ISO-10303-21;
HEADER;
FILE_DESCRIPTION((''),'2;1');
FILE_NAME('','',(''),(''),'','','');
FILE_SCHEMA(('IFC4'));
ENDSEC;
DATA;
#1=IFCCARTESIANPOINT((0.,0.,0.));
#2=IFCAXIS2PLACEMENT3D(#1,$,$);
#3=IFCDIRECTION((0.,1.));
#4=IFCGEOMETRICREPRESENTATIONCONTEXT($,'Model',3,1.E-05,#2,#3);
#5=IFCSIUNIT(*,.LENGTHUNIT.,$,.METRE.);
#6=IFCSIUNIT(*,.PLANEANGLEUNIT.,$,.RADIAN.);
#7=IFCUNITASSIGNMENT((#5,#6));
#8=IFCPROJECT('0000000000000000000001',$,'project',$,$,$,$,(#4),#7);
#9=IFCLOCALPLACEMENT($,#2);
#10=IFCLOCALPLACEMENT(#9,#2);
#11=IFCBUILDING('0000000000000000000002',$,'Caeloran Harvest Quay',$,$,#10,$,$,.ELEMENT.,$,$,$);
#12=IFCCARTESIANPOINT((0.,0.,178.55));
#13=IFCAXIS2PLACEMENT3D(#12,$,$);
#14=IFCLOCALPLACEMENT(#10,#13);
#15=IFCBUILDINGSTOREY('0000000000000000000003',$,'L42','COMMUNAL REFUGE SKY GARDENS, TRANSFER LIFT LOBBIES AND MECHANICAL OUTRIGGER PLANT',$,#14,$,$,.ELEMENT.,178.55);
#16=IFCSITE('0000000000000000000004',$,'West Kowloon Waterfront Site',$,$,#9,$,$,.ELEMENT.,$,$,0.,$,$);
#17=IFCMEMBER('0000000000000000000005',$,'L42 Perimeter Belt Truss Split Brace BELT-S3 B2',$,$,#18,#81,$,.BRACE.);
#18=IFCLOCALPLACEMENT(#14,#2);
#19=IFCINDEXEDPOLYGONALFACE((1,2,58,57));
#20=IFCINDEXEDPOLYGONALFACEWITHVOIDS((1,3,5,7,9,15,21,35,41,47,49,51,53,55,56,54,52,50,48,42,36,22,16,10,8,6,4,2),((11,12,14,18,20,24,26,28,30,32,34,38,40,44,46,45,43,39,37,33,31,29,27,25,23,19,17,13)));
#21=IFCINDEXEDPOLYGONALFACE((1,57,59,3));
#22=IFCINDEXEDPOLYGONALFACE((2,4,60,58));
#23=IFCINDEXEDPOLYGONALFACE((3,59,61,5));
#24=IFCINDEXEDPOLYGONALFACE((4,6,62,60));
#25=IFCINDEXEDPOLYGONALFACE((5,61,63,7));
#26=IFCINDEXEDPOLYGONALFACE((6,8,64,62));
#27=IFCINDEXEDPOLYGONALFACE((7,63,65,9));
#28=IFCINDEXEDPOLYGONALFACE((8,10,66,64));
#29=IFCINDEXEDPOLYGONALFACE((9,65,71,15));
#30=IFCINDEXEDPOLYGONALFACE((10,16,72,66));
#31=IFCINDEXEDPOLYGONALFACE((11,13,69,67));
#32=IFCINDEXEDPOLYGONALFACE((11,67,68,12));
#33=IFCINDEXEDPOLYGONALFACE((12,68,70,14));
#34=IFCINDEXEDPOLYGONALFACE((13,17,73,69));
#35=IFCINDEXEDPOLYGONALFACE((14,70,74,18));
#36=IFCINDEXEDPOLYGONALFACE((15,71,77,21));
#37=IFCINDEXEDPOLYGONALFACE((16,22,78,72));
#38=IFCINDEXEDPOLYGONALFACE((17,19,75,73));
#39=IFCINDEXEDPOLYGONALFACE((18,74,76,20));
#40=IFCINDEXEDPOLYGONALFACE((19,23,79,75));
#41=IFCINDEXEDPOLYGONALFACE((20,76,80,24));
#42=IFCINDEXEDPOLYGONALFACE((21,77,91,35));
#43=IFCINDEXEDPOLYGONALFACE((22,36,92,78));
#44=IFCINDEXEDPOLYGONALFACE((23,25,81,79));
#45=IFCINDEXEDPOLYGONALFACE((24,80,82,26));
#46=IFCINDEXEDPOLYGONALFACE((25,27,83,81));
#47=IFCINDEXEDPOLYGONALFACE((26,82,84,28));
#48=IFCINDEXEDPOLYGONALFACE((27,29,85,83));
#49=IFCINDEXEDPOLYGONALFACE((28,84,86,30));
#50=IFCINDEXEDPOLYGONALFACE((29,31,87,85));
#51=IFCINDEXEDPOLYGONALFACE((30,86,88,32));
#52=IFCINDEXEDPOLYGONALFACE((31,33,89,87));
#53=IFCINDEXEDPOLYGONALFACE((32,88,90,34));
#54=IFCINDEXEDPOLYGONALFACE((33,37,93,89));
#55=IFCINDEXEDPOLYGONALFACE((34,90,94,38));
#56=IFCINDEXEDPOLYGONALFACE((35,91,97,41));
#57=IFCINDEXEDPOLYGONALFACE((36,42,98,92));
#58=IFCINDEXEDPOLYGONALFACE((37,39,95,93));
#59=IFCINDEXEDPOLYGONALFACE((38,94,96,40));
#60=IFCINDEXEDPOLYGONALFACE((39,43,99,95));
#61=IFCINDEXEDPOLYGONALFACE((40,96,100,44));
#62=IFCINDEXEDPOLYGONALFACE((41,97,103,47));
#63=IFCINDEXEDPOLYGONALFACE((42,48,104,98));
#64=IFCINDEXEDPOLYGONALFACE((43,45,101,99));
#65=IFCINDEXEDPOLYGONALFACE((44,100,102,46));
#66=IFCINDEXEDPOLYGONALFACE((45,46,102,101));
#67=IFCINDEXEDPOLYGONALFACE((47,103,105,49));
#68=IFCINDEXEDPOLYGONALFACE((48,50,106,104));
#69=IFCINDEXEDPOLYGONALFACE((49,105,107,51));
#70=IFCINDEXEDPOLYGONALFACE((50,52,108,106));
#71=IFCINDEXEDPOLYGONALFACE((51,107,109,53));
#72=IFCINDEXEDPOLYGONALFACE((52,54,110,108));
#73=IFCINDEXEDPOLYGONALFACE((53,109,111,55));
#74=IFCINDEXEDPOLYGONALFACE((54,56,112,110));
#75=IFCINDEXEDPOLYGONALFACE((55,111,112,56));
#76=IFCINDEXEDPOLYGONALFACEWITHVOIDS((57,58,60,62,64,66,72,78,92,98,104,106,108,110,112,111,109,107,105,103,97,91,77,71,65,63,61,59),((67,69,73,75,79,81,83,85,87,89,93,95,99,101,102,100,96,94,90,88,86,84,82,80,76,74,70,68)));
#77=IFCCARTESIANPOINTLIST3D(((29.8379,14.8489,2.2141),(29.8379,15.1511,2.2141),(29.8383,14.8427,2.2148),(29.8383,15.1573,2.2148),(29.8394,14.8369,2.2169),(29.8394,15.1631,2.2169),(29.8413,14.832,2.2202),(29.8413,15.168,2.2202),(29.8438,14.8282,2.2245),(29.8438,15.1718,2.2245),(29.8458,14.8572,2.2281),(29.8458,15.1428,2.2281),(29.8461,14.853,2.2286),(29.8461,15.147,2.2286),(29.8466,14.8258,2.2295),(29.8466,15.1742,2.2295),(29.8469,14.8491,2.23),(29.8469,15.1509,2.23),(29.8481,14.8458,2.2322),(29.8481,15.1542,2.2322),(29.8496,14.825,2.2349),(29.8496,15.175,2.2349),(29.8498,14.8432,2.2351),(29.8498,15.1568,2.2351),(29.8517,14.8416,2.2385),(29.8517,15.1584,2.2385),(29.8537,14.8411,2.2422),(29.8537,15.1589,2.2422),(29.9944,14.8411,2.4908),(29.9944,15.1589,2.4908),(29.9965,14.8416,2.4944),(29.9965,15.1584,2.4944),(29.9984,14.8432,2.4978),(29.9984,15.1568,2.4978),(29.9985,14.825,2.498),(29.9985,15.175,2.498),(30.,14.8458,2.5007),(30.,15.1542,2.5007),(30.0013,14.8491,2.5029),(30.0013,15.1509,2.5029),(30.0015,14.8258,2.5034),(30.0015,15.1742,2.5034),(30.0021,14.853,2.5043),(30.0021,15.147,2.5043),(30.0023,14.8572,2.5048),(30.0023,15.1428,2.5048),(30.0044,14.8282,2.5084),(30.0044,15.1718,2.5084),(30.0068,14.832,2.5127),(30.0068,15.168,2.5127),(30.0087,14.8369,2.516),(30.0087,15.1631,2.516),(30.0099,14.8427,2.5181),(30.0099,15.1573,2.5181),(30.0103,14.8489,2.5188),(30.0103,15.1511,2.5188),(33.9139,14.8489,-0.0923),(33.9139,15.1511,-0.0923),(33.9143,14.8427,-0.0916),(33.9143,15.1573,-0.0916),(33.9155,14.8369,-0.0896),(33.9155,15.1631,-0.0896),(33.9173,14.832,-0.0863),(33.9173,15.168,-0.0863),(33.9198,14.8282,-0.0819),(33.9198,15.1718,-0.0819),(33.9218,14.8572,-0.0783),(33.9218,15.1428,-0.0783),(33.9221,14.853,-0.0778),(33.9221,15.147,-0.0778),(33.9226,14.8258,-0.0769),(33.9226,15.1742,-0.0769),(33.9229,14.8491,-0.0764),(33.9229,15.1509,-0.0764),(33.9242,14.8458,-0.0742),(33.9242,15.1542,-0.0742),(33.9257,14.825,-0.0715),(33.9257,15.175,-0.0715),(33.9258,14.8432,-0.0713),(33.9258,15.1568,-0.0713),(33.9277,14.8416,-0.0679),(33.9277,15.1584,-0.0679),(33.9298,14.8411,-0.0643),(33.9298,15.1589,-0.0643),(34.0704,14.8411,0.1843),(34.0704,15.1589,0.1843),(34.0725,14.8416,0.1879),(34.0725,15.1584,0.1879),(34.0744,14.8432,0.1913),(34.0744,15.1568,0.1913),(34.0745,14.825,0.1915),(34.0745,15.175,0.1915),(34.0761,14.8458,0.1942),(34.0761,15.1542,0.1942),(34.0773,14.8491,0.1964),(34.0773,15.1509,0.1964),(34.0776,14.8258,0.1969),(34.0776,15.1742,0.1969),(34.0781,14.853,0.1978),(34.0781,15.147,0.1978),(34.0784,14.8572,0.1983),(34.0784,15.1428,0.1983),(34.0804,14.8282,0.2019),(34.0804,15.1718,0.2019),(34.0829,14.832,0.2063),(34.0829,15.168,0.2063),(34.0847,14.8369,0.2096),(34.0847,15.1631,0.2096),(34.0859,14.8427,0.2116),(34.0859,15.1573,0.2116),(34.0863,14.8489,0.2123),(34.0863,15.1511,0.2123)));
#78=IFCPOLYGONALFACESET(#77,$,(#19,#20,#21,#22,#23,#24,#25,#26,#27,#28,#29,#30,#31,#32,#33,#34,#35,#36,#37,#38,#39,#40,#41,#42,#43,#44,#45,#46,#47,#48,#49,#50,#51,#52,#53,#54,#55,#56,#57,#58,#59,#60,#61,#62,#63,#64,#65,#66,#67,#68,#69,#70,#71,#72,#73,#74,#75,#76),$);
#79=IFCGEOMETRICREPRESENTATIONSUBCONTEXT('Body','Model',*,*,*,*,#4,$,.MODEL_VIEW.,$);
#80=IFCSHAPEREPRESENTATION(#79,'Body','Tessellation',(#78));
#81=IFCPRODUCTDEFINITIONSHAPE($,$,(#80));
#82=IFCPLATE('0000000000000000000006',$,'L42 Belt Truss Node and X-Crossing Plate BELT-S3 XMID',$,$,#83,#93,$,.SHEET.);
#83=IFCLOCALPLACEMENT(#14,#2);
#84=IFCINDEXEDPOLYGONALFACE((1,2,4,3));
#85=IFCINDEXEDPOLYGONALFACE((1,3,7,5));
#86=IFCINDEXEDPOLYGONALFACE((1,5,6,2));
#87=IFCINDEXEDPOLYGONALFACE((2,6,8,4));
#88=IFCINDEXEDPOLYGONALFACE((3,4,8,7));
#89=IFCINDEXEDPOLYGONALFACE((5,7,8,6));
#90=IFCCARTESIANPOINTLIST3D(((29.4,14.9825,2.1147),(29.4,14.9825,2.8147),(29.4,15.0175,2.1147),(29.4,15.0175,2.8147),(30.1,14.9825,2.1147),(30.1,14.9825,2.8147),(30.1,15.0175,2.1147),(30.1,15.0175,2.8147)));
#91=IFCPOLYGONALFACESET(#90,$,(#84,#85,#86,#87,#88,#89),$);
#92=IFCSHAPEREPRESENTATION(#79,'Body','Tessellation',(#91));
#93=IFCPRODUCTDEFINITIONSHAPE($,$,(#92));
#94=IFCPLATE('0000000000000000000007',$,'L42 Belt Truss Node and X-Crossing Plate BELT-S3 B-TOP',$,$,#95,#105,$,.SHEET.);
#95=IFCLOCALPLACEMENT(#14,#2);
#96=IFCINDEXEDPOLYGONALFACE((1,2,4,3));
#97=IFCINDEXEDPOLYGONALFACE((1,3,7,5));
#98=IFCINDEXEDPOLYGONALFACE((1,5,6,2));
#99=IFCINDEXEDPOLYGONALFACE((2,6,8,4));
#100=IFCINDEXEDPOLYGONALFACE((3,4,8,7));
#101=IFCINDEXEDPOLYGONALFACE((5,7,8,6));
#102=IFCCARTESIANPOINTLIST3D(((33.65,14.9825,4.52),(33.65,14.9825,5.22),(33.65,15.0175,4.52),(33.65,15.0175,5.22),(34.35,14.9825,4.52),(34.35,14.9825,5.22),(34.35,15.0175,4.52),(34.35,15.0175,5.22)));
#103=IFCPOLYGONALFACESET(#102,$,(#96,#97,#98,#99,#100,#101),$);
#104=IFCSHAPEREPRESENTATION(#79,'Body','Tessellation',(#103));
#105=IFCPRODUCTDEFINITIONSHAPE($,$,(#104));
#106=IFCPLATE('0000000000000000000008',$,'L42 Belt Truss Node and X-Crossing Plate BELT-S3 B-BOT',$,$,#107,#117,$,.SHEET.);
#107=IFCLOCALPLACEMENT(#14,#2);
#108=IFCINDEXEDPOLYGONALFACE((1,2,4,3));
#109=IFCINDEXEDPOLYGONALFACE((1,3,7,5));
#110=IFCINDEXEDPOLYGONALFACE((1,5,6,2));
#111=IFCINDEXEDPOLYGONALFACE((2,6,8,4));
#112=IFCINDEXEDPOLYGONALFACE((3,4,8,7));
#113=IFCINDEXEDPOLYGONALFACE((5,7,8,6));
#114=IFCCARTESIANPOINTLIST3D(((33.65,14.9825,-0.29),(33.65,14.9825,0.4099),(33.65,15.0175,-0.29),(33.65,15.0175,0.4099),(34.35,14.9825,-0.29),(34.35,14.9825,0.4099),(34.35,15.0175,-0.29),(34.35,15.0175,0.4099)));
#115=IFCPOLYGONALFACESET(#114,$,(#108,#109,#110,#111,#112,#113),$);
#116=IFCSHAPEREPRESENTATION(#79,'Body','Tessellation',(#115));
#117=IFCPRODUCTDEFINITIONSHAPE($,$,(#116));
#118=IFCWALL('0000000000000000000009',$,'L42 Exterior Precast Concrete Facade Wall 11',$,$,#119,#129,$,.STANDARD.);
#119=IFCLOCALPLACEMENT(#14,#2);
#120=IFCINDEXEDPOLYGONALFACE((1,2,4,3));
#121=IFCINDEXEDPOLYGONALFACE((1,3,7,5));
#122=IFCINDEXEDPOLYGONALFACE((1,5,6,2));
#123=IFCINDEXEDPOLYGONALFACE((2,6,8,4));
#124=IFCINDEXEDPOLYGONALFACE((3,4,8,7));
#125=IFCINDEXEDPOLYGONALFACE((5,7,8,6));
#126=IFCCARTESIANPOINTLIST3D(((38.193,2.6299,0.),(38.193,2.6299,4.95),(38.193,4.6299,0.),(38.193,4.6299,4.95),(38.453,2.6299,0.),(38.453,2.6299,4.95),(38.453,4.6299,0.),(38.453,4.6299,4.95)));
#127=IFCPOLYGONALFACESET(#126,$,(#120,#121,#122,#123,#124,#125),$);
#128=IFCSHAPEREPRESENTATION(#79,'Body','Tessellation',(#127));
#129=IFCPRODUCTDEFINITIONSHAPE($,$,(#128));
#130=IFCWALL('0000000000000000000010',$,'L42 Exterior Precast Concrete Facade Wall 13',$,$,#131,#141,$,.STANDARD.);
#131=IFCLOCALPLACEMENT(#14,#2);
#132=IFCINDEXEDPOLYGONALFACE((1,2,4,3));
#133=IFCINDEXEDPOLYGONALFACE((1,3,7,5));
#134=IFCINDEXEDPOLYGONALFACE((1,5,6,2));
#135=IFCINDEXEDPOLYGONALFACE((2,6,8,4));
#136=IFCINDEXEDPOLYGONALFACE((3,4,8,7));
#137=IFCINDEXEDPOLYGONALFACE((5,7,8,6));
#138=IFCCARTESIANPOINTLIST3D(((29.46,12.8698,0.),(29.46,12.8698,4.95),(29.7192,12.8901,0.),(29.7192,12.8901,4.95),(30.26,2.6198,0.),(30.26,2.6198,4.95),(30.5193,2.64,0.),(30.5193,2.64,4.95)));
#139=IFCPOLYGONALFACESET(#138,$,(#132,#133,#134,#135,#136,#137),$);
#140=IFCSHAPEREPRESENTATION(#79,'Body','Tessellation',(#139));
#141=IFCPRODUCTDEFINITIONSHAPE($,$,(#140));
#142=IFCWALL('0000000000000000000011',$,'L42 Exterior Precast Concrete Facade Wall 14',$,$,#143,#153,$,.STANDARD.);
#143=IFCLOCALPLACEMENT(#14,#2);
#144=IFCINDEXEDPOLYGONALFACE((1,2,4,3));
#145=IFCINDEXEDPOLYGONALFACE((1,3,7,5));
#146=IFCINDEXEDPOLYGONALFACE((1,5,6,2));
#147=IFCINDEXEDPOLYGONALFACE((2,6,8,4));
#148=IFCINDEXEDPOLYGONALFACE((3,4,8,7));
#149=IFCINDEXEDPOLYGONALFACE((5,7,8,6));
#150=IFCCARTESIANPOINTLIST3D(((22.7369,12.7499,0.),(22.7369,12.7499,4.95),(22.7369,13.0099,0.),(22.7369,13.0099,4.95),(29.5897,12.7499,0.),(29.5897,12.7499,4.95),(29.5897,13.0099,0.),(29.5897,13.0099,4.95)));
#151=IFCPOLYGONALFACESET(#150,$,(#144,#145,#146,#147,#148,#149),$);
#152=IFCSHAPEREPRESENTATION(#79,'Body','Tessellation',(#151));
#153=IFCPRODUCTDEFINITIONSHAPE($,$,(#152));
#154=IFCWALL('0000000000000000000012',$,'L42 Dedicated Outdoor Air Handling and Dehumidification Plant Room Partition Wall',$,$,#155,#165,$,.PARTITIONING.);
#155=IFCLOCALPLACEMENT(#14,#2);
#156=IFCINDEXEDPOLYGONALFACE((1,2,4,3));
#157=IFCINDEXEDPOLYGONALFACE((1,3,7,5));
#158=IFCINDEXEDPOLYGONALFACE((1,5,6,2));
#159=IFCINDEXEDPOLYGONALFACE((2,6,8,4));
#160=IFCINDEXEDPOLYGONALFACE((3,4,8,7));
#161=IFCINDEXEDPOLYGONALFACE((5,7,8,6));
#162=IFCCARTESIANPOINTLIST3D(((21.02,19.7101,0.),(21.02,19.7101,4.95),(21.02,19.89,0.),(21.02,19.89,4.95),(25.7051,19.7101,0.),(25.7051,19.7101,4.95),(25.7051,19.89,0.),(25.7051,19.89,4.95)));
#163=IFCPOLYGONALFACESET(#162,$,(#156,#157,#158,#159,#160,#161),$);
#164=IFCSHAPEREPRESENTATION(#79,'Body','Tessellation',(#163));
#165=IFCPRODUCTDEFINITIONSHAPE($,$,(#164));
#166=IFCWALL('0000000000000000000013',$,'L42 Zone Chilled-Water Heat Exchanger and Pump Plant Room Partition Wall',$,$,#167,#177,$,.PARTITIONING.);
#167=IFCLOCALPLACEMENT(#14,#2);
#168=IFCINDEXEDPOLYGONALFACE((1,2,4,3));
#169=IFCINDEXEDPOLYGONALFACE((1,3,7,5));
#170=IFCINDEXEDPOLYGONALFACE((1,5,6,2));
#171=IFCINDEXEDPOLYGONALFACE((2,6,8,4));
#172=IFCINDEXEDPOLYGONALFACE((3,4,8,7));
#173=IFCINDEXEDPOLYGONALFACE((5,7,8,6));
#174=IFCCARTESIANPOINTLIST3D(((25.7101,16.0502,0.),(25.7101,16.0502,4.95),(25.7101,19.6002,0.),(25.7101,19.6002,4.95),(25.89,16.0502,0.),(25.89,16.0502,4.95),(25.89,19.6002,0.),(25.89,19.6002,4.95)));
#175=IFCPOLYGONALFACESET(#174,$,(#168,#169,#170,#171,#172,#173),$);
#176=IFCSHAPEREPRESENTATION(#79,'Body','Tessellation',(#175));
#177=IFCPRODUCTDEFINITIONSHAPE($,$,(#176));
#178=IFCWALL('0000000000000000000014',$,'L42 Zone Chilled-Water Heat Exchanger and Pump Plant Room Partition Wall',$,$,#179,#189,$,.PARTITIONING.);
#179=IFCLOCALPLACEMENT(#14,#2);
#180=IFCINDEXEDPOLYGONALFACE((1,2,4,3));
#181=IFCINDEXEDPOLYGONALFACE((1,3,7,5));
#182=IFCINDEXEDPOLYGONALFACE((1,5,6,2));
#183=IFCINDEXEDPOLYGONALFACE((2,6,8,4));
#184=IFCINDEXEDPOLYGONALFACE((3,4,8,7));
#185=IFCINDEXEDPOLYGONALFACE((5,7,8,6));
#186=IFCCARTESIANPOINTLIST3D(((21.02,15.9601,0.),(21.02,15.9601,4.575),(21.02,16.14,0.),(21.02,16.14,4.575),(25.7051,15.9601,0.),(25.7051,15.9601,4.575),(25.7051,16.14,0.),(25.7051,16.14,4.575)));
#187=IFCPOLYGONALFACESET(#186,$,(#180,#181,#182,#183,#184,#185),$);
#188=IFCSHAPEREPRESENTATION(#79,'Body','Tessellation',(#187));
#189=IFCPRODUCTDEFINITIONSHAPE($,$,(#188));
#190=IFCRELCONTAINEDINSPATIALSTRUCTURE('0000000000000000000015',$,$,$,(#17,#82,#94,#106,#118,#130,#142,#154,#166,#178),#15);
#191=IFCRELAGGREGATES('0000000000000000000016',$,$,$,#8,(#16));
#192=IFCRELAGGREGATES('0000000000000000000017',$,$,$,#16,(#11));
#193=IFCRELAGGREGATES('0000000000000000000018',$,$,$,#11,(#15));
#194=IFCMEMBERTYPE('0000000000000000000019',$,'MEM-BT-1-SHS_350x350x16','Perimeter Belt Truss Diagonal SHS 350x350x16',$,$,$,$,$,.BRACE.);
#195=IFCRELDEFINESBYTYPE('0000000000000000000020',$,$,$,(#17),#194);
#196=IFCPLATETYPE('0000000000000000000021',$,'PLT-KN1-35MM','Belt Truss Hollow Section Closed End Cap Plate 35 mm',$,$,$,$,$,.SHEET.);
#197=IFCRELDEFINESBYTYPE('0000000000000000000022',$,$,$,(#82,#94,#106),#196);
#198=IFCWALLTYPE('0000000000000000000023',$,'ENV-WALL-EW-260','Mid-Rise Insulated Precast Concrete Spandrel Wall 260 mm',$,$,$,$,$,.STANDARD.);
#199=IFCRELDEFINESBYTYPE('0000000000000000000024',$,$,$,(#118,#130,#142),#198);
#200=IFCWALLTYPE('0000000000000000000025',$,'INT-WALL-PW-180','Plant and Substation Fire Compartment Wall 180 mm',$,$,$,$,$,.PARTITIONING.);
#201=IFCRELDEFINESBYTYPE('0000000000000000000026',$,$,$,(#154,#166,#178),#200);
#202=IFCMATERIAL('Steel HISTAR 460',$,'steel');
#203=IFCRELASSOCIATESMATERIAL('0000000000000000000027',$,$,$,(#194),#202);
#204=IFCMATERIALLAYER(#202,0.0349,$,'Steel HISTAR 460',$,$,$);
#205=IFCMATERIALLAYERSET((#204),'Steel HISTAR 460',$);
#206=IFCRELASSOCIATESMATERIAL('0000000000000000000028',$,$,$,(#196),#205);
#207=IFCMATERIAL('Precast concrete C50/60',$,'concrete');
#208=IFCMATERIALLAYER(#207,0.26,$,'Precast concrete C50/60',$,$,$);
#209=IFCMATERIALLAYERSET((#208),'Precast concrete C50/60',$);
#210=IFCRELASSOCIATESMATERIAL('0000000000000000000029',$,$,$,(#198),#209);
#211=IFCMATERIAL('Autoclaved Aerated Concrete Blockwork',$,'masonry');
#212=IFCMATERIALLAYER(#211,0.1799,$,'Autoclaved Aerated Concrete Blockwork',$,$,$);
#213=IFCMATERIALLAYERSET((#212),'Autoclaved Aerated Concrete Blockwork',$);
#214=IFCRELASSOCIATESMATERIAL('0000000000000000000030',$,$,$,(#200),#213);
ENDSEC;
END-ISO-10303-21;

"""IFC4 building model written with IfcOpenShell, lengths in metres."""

from ifc_helpers import new_model, si_unit, direction, frame, frame_2d, origin, origin_2d, place, context, subcontext, project, spatial, rectangle, hollow_rectangle, extrude, material, layer, layer_set, material_profile, profile_set, type_object, element, save


model = new_model("IFC4")

# Units and contexts
model_context = context("Model", 3, precision=1e-05, world=origin(), true_north=direction((0.0, 1.0)))
body_context = subcontext(model_context, "Body", "Model", "MODEL_VIEW")
ifc_project = project(units=[si_unit("LENGTHUNIT", "METRE"), si_unit("PLANEANGLEUNIT", "RADIAN")], contexts=[model_context])

# Site, building, storey
site_placement = place(None, origin())
site = spatial("IfcSite", under=ifc_project, at=site_placement, Name="West Kowloon Waterfront Site", CompositionType="ELEMENT", RefElevation=0.0)
building_placement = place(site_placement, origin())
building = spatial("IfcBuilding", under=site, at=building_placement, Name="Caeloran Harvest Quay", CompositionType="ELEMENT")
storey_placement = place(building_placement, frame((0.0, 0.0, 178.55)))
storey = spatial("IfcBuildingStorey", under=building, at=storey_placement, Name="L42", Description="COMMUNAL REFUGE SKY GARDENS, TRANSFER LIFT LOBBIES AND MECHANICAL OUTRIGGER PLANT", CompositionType="ELEMENT", Elevation=178.55)

# Shared definitions
ifc_material_1 = material(Name="Steel HISTAR 460", Category="steel")

# Member
ifc_material_profile_1 = material_profile(ifc_material_1, hollow_rectangle(XDim=0.3501, YDim=0.3501, WallThickness=0.0161, InnerFilletRadius=0.0161, OuterFilletRadius=0.0239, at=origin_2d()), Name="SHS 350x350x16")
ifc_profile_set_1 = profile_set([ifc_material_profile_1], Name="Steel HISTAR 460")
member_type = type_object("IfcMemberType", Name="MEM-BT-1-SHS_350x350x16", Description="Perimeter Belt Truss Diagonal SHS 350x350x16", PredefinedType="BRACE", material=ifc_profile_set_1)
member_placement = place(storey_placement, frame((29.9241, 15.0, 2.3665), z_axis=(0.870324, 0.0, -0.49248), x_axis=(0.0, 1.0, 0.0)))
element("IfcMember", 1, at=member_placement, inside=storey, type_object=member_type, Name="L42 Perimeter Belt Truss Split Brace BELT-S3 B2", PredefinedType="BRACE", context=body_context, shape_type="SweptSolid", body=[
    extrude(hollow_rectangle(XDim=0.3501, YDim=0.3501, WallThickness=0.0161, InnerFilletRadius=0.0161, OuterFilletRadius=0.0239, at=origin_2d()), origin(), (0.0, 0.0, 1.0), 4.6833),
])

# Plates
ifc_layer_1 = layer(ifc_material_1, 0.0349, Name="Steel HISTAR 460")
ifc_layer_set_1 = layer_set([ifc_layer_1], Name="Steel HISTAR 460")
plate_type = type_object("IfcPlateType", Name="PLT-KN1-35MM", Description="Belt Truss Hollow Section Closed End Cap Plate 35 mm", PredefinedType="SHEET", material=ifc_layer_set_1)
for number, where, z_axis, x_axis, name in (
    (2, (29.75, 15.0, 2.1147), (0.0, 0.0, 1.0), (1.0, 0.0, 0.0), "L42 Belt Truss Node and X-Crossing Plate BELT-S3 XMID"),
    (3, (34.0, 15.0, 4.52), (0.0, 0.0, 1.0), (1.0, 0.0, 0.0), "L42 Belt Truss Node and X-Crossing Plate BELT-S3 B-TOP"),
    (4, (34.0, 15.0, -0.29), (0.0, 0.0, 1.0), (1.0, 0.0, 0.0), "L42 Belt Truss Node and X-Crossing Plate BELT-S3 B-BOT"),
):
    element("IfcPlate", number, at=place(storey_placement, frame(where, z_axis=z_axis, x_axis=x_axis)), inside=storey, type_object=plate_type, Name=name, PredefinedType="SHEET", context=body_context, shape_type="SweptSolid", body=[
        extrude(rectangle(XDim=0.7, YDim=0.0349, at=origin_2d()), origin(), (0.0, 0.0, 1.0), 0.7),
    ])

# Walls
ifc_material_2 = material(Name="Precast concrete C50/60", Category="concrete")
ifc_layer_2 = layer(ifc_material_2, 0.26, Name="Precast concrete C50/60")
ifc_layer_set_2 = layer_set([ifc_layer_2], Name="Precast concrete C50/60")
wall_type_1 = type_object("IfcWallType", Name="ENV-WALL-EW-260", Description="Mid-Rise Insulated Precast Concrete Spandrel Wall 260 mm", PredefinedType="STANDARD", material=ifc_layer_set_2)
wall_1_placement = place(storey_placement, frame((38.323, 4.6299, 0.0), z_axis=(0.0, 0.0, 1.0), x_axis=(0.0, -1.0, 0.0)))
element("IfcWall", 5, at=wall_1_placement, inside=storey, type_object=wall_type_1, Name="L42 Exterior Precast Concrete Facade Wall 11", PredefinedType="STANDARD", context=body_context, shape_type="SweptSolid", body=[
    extrude(rectangle(XDim=2.0, YDim=0.26, at=frame_2d((1.0, 0.0))), origin(), (0.0, 0.0, 1.0), 4.95),
])
wall_2_placement = place(storey_placement, frame((30.3896, 2.6299, 0.0), z_axis=(0.0, 0.0, 1.0), x_axis=(-0.077817, 0.996968, 0.0)))
element("IfcWall", 6, at=wall_2_placement, inside=storey, type_object=wall_type_1, Name="L42 Exterior Precast Concrete Facade Wall 13", PredefinedType="STANDARD", context=body_context, shape_type="SweptSolid", body=[
    extrude(rectangle(XDim=10.2812, YDim=0.26, at=frame_2d((5.1406, 0.0))), origin(), (0.0, 0.0, 1.0), 4.95),
])
wall_3_placement = place(storey_placement, frame((29.5896, 12.8799, 0.0), z_axis=(0.0, 0.0, 1.0), x_axis=(-1.0, 0.0, 0.0)))
element("IfcWall", 7, at=wall_3_placement, inside=storey, type_object=wall_type_1, Name="L42 Exterior Precast Concrete Facade Wall 14", PredefinedType="STANDARD", context=body_context, shape_type="SweptSolid", body=[
    extrude(rectangle(XDim=6.8528, YDim=0.26, at=frame_2d((3.4263, 0.0))), origin(), (0.0, 0.0, 1.0), 4.95),
])
ifc_material_3 = material(Name="Autoclaved Aerated Concrete Blockwork", Category="masonry")
ifc_layer_3 = layer(ifc_material_3, 0.1799, Name="Autoclaved Aerated Concrete Blockwork")
ifc_layer_set_3 = layer_set([ifc_layer_3], Name="Autoclaved Aerated Concrete Blockwork")
wall_type_2 = type_object("IfcWallType", Name="INT-WALL-PW-180", Description="Plant and Substation Fire Compartment Wall 180 mm", PredefinedType="PARTITIONING", material=ifc_layer_set_3)
wall_4_placement = place(storey_placement, frame((25.7051, 19.8, 0.0), z_axis=(0.0, 0.0, 1.0), x_axis=(-1.0, 0.0, 0.0)))
element("IfcWall", 8, at=wall_4_placement, inside=storey, type_object=wall_type_2, Name="L42 Dedicated Outdoor Air Handling and Dehumidification Plant Room Partition Wall", PredefinedType="PARTITIONING", context=body_context, shape_type="SweptSolid", body=[
    extrude(rectangle(XDim=4.6851, YDim=0.1799, at=frame_2d((2.3425, 0.0))), origin(), (0.0, 0.0, 1.0), 4.95),
])
wall_5_placement = place(storey_placement, frame((25.8, 19.6001, 0.0), z_axis=(0.0, 0.0, 1.0), x_axis=(0.0, -1.0, 0.0)))
element("IfcWall", 9, at=wall_5_placement, inside=storey, type_object=wall_type_2, Name="L42 Zone Chilled-Water Heat Exchanger and Pump Plant Room Partition Wall", PredefinedType="PARTITIONING", context=body_context, shape_type="SweptSolid", body=[
    extrude(rectangle(XDim=3.55, YDim=0.1799, at=frame_2d((1.7749, 0.0))), origin(), (0.0, 0.0, 1.0), 4.95),
])
wall_6_placement = place(storey_placement, frame((25.7051, 16.05, 0.0), z_axis=(0.0, 0.0, 1.0), x_axis=(-1.0, 0.0, 0.0)))
element("IfcWall", 10, at=wall_6_placement, inside=storey, type_object=wall_type_2, Name="L42 Zone Chilled-Water Heat Exchanger and Pump Plant Room Partition Wall", PredefinedType="PARTITIONING", context=body_context, shape_type="SweptSolid", body=[
    extrude(rectangle(XDim=4.6851, YDim=0.1799, at=frame_2d((2.3425, 0.0))), origin(), (0.0, 0.0, 1.0), 4.575),
])

save(model, "model.ifc")
